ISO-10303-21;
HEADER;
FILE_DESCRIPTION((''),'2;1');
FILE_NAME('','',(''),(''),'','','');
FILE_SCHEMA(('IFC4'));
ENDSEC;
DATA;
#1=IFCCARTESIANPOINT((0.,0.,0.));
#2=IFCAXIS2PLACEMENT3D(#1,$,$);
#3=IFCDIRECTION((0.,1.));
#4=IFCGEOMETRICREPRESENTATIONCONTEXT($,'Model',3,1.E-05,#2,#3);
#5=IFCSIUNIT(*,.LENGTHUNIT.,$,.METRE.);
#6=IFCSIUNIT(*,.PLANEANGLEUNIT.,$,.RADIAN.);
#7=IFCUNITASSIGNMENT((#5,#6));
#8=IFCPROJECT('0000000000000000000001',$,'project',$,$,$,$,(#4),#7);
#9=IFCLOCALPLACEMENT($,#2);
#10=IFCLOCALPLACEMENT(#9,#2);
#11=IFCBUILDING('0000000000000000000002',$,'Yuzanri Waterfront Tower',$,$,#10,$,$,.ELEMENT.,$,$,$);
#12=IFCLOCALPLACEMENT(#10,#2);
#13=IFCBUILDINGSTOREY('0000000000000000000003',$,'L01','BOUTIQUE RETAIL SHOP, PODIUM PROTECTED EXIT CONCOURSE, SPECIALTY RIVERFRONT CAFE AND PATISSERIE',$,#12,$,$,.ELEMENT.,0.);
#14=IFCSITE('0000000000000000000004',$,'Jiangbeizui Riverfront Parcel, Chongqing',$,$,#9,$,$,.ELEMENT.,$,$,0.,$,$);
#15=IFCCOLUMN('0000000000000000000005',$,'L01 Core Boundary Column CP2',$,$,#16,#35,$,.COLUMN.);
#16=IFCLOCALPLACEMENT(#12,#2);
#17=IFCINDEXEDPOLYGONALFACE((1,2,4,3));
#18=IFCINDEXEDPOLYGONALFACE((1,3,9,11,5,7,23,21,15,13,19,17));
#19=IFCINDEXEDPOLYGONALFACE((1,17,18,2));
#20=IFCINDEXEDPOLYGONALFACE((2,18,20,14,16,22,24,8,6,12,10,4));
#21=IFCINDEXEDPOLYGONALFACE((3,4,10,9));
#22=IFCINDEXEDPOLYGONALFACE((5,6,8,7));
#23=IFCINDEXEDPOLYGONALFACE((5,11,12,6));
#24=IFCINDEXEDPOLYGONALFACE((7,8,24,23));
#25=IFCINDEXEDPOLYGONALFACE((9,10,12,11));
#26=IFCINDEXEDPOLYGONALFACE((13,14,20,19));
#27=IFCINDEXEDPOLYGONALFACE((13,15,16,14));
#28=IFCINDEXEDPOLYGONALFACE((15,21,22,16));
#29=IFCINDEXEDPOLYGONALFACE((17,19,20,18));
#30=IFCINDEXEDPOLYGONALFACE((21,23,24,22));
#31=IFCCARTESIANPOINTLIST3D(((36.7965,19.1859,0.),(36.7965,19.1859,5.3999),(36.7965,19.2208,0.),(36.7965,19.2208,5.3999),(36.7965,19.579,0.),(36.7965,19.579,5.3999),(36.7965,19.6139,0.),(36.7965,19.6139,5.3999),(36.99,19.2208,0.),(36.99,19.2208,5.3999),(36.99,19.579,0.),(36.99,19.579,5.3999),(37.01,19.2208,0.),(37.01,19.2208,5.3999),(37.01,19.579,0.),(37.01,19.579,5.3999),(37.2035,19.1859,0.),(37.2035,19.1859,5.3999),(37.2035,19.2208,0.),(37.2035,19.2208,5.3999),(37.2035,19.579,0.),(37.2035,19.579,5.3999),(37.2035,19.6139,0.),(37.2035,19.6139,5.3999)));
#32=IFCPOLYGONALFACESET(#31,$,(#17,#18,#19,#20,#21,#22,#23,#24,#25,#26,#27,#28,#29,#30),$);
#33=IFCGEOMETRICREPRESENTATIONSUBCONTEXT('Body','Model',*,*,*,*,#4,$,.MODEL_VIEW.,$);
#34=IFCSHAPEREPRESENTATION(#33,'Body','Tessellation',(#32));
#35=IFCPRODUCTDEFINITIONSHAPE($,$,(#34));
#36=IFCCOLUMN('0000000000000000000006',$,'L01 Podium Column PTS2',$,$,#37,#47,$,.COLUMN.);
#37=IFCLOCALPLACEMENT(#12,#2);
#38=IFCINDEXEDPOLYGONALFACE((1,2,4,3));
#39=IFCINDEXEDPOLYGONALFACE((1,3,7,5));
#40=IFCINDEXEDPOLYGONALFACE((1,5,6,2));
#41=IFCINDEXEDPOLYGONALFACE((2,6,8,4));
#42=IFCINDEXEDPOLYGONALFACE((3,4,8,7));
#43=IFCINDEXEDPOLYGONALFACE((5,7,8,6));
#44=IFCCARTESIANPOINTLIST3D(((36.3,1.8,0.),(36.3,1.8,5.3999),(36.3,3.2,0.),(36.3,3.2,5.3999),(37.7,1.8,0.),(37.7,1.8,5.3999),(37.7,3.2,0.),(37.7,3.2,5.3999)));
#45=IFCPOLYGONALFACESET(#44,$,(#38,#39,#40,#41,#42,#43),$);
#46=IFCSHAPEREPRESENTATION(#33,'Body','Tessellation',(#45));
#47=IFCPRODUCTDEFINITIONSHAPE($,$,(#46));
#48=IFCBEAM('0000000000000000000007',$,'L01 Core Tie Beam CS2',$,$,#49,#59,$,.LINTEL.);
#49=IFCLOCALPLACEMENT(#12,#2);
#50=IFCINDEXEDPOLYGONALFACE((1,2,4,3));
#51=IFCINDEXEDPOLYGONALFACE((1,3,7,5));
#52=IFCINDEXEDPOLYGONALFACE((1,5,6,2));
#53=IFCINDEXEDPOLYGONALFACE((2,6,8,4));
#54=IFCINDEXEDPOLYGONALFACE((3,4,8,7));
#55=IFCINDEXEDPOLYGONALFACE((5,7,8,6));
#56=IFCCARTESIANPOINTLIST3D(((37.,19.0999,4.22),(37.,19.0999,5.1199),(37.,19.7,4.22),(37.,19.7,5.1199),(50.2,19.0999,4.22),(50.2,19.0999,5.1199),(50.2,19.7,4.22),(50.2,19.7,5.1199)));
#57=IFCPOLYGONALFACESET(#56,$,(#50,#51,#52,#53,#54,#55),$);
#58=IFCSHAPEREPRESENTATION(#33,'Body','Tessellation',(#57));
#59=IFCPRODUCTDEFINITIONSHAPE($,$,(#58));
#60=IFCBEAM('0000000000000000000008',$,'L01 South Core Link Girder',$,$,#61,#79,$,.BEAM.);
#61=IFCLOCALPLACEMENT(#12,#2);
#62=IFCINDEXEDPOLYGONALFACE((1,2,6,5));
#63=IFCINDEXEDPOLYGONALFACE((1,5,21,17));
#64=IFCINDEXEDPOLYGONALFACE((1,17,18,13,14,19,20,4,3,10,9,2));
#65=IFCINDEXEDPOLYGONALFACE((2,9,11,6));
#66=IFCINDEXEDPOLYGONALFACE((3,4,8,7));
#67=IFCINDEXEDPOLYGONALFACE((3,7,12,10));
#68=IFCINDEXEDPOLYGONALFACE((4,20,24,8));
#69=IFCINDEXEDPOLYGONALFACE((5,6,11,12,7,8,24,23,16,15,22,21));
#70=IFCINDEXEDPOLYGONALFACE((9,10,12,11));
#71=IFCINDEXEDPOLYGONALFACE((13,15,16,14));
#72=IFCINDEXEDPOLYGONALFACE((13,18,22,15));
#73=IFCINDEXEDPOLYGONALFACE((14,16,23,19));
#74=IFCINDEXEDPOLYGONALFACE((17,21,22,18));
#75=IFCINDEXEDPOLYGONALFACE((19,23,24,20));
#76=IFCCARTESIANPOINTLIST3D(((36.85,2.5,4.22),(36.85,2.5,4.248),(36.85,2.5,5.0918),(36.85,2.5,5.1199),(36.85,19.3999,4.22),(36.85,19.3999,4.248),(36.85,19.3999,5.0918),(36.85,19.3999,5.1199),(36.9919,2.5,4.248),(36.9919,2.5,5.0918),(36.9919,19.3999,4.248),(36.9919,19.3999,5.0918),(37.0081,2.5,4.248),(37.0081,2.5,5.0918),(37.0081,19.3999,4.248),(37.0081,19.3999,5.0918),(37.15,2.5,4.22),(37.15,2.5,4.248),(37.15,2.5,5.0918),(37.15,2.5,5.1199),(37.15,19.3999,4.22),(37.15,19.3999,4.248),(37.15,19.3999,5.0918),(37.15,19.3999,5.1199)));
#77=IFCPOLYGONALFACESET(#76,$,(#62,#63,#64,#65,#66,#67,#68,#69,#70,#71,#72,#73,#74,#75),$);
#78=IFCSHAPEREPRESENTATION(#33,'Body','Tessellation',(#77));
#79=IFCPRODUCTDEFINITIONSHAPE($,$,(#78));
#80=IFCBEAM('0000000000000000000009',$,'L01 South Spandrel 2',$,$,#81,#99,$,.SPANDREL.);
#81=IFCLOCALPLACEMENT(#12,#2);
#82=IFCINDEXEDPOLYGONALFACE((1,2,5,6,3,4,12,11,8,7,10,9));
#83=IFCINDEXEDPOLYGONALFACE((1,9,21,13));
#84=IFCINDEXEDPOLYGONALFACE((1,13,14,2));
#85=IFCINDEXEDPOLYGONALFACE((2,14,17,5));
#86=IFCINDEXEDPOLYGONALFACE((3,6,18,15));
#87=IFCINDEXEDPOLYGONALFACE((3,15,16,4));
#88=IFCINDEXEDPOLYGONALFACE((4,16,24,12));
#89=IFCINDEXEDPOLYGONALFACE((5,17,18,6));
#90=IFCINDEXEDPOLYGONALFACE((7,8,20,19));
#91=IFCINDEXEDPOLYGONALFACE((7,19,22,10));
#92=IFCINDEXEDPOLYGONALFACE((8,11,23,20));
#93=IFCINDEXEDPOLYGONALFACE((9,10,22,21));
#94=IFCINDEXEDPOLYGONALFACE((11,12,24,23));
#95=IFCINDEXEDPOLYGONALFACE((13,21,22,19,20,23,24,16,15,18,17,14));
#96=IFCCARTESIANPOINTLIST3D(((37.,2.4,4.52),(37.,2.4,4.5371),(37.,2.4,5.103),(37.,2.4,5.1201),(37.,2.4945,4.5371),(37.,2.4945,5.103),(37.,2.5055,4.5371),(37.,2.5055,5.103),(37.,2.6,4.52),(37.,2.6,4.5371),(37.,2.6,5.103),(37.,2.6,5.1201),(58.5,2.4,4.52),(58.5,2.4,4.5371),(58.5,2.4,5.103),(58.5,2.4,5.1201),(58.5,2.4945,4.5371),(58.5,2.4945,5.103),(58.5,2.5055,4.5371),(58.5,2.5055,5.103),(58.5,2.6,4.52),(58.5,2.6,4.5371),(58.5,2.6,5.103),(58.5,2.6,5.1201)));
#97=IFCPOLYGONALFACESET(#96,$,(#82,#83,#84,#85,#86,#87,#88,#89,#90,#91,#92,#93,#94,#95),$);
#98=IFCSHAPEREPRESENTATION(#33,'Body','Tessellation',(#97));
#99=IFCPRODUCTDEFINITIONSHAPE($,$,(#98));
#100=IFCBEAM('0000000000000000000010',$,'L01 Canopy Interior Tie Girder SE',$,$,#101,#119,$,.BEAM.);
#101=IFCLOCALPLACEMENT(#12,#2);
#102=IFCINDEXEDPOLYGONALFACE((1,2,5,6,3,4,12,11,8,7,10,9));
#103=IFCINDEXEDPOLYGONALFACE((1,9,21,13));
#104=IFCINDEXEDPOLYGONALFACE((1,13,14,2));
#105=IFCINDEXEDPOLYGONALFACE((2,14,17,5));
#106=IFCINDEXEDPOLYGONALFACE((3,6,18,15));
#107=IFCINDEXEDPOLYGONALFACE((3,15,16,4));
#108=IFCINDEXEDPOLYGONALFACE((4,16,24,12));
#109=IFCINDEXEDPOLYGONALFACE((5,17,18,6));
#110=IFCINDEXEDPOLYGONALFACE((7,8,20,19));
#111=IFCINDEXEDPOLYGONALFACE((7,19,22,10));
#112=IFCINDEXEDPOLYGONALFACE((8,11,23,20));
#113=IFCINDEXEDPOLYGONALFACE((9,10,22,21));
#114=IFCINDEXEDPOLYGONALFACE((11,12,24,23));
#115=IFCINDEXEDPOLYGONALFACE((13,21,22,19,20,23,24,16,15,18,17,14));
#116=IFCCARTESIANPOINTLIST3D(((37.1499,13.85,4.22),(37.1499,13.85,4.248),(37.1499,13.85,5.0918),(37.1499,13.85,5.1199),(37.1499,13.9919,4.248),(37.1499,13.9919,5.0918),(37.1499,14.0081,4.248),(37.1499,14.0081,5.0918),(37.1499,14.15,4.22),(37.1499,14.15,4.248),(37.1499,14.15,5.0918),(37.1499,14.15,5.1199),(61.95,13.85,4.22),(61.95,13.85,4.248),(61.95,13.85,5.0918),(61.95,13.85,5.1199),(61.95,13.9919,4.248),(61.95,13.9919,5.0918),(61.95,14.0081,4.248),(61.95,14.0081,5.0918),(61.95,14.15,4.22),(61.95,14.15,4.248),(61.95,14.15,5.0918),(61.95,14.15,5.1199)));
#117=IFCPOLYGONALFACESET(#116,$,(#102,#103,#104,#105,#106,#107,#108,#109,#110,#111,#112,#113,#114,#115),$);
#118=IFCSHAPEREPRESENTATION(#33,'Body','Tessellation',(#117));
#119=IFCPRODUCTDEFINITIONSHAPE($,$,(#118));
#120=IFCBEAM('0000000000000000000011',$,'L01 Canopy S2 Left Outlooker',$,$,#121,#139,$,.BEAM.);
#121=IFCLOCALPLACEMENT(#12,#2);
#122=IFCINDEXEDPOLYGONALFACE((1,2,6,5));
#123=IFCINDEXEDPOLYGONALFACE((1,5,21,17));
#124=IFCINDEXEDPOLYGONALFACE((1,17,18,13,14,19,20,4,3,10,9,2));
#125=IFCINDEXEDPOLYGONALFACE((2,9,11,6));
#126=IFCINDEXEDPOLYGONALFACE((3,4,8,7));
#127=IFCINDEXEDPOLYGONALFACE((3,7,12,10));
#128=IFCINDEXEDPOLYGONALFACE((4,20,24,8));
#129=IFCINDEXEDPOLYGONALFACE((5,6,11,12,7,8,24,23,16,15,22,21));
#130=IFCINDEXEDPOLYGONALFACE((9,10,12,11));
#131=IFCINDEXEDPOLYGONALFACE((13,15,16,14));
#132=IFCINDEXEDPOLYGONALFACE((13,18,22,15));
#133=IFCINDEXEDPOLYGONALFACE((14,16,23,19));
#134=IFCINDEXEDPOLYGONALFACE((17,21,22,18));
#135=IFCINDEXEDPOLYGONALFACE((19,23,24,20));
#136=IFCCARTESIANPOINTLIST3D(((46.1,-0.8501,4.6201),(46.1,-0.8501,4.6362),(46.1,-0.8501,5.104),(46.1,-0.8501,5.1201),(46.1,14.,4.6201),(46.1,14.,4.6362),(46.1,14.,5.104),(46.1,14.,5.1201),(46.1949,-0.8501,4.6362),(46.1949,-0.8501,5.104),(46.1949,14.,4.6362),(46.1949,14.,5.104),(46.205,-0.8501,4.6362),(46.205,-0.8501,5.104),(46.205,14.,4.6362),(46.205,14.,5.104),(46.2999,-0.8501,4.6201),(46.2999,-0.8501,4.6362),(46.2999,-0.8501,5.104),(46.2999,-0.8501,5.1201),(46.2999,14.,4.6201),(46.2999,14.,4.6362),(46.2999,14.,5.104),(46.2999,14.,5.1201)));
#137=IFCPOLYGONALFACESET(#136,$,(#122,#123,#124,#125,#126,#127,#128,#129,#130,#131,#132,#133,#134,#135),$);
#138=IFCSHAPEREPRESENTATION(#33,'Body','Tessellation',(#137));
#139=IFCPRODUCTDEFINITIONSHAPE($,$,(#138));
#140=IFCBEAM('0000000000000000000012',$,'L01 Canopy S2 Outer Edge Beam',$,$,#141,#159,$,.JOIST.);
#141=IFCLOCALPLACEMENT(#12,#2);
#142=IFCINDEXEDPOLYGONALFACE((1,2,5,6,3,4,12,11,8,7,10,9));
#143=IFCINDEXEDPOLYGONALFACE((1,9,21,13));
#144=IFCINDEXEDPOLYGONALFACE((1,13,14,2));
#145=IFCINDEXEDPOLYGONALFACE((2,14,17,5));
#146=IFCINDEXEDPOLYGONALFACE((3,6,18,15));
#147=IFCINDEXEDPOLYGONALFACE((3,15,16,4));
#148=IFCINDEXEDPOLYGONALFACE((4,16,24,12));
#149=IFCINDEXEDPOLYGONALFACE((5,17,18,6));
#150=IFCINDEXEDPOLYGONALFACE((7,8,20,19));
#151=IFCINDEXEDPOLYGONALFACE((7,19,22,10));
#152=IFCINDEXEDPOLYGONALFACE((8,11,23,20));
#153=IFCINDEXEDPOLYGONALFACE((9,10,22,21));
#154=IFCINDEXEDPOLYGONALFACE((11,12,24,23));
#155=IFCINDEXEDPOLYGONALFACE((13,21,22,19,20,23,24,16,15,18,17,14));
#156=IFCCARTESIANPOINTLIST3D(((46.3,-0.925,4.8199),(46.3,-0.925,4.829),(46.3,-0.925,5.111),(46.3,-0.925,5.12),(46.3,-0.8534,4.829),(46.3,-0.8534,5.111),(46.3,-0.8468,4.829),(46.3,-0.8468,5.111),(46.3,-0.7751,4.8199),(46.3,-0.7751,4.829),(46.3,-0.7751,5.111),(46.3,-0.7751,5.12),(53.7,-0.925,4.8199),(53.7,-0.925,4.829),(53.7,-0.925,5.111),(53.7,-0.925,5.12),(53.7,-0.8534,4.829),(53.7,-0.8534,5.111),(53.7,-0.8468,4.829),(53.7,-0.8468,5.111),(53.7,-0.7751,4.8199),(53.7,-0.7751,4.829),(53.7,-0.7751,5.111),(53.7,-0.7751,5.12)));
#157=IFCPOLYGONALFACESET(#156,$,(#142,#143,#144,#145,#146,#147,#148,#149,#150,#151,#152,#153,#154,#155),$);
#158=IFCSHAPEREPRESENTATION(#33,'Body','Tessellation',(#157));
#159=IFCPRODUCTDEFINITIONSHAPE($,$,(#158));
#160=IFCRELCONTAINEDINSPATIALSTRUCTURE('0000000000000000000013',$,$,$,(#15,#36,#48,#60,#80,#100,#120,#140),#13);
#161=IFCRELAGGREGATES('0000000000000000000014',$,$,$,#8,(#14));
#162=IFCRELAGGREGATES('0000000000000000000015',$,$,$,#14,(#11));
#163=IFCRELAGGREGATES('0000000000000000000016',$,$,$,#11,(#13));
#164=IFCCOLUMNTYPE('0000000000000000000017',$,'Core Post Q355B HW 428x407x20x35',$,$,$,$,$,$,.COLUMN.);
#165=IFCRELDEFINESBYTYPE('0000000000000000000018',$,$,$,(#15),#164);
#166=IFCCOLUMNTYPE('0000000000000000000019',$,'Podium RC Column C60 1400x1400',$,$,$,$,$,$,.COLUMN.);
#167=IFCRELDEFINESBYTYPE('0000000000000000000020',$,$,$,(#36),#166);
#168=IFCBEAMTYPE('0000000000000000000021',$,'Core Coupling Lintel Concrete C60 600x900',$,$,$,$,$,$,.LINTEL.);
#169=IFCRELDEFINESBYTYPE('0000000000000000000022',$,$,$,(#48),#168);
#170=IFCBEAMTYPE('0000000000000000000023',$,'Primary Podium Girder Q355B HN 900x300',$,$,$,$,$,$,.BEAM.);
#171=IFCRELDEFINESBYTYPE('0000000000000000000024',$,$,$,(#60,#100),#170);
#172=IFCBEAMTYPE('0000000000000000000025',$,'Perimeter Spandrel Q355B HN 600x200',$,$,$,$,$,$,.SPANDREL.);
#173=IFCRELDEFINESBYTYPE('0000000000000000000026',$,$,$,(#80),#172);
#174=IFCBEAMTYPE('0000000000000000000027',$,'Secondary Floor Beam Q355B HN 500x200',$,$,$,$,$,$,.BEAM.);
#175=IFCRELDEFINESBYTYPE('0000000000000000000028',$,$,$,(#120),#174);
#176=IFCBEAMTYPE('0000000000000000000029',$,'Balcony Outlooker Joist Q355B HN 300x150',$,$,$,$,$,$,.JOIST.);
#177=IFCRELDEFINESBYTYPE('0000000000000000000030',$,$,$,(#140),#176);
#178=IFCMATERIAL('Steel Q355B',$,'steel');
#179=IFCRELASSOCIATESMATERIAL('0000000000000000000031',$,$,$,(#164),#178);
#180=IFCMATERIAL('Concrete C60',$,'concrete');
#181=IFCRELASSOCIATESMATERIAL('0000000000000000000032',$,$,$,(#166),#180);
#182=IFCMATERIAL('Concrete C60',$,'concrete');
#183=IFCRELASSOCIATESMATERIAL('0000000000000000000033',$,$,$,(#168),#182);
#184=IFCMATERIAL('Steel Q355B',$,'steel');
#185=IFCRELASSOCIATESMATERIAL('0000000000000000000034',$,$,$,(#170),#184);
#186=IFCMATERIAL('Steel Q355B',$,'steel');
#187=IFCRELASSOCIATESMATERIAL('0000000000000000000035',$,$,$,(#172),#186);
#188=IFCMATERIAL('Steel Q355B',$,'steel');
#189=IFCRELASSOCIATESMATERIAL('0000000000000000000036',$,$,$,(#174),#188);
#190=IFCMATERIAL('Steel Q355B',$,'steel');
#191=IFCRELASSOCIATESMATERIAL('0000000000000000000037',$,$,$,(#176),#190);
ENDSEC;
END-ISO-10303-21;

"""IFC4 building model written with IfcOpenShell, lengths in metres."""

from ifc_helpers import new_model, si_unit, direction, frame, origin, origin_2d, place, context, subcontext, project, spatial, rectangle, i_section, extrude, source, transform, mapped, material, material_profile, profile_set, type_object, element, save


model = new_model("IFC4")

# Units and contexts
model_context = context("Model", 3, precision=1e-05, world=origin(), true_north=direction((0.0, 1.0)))
body_context = subcontext(model_context, "Body", "Model", "MODEL_VIEW")
ifc_project = project(units=[si_unit("LENGTHUNIT", "METRE"), si_unit("PLANEANGLEUNIT", "RADIAN")], contexts=[model_context])

# Site, building, storey
site_placement = place(None, origin())
site = spatial("IfcSite", under=ifc_project, at=site_placement, Name="Jiangbeizui Riverfront Parcel, Chongqing", CompositionType="ELEMENT", RefElevation=0.0)
building_placement = place(site_placement, origin())
building = spatial("IfcBuilding", under=site, at=building_placement, Name="Yuzanri Waterfront Tower", CompositionType="ELEMENT")
storey_placement = place(building_placement, origin())
storey = spatial("IfcBuildingStorey", under=building, at=storey_placement, Name="L01", Description="BOUTIQUE RETAIL SHOP, PODIUM PROTECTED EXIT CONCOURSE, SPECIALTY RIVERFRONT CAFE AND PATISSERIE", CompositionType="ELEMENT", Elevation=0.0)

# Columns
ifc_material_1 = material(Name="Steel Q355B", Category="steel")
ifc_material_profile_1 = material_profile(ifc_material_1, i_section(OverallWidth=0.407, OverallDepth=0.428, WebThickness=0.02, FlangeThickness=0.0349, at=origin_2d()), Name="HW 428x407x20x35")
ifc_profile_set_1 = profile_set([ifc_material_profile_1], Name="Steel Q355B")
column_type_1 = type_object("IfcColumnType", Name="Core Post Q355B HW 428x407x20x35", PredefinedType="COLUMN", material=ifc_profile_set_1)
shared_shape_1 = source(origin(), body_context, "Body", "SweptSolid", [
    extrude(i_section(OverallWidth=0.407, OverallDepth=0.428, WebThickness=0.02, FlangeThickness=0.0349, at=origin_2d()), origin(), (0.0, 0.0, 1.0), 5.3999),
])
column_1_placement = place(storey_placement, frame((37.0, 19.3999, 0.0), z_axis=(0.0, 0.0, 1.0), x_axis=(1.0, 0.0, 0.0)))
element("IfcColumn", 1, at=column_1_placement, inside=storey, type_object=column_type_1, Name="L01 Core Boundary Column CP2", PredefinedType="COLUMN", context=body_context, shape_type="MappedRepresentation", body=[
    mapped(shared_shape_1, transform((0.0, 0.0, 0.0), scale=1.0)),
])
ifc_material_2 = material(Name="Concrete C60", Category="concrete")
ifc_material_profile_2 = material_profile(ifc_material_2, rectangle(XDim=1.3999, YDim=1.3999, at=origin_2d()), Name="RC 1400x1400")
ifc_profile_set_2 = profile_set([ifc_material_profile_2], Name="Concrete C60")
column_type_2 = type_object("IfcColumnType", Name="Podium RC Column C60 1400x1400", PredefinedType="COLUMN", material=ifc_profile_set_2)
shared_shape_2 = source(origin(), body_context, "Body", "SweptSolid", [
    extrude(rectangle(XDim=1.3999, YDim=1.3999, at=origin_2d()), origin(), (0.0, 0.0, 1.0), 5.3999),
])
column_2_placement = place(storey_placement, frame((37.0, 2.5, 0.0), z_axis=(0.0, 0.0, 1.0), x_axis=(1.0, 0.0, 0.0)))
element("IfcColumn", 2, at=column_2_placement, inside=storey, type_object=column_type_2, Name="L01 Podium Column PTS2", PredefinedType="COLUMN", context=body_context, shape_type="MappedRepresentation", body=[
    mapped(shared_shape_2, transform((0.0, 0.0, 0.0), scale=1.0)),
])

# Beams
ifc_material_3 = material(Name="Concrete C60", Category="concrete")
ifc_material_profile_3 = material_profile(ifc_material_3, rectangle(XDim=0.6001, YDim=0.8999, at=origin_2d()), Name="RC 600x900")
ifc_profile_set_3 = profile_set([ifc_material_profile_3], Name="Concrete C60")
beam_type_1 = type_object("IfcBeamType", Name="Core Coupling Lintel Concrete C60 600x900", PredefinedType="LINTEL", material=ifc_profile_set_3)
shared_shape_3 = source(origin(), body_context, "Body", "SweptSolid", [
    extrude(rectangle(XDim=0.6001, YDim=0.8999, at=origin_2d()), origin(), (0.0, 0.0, 1.0), 13.2),
])
beam_1_placement = place(storey_placement, frame((37.0, 19.3999, 4.6699), z_axis=(1.0, 0.0, 0.0), x_axis=(0.0, 1.0, 0.0)))
element("IfcBeam", 3, at=beam_1_placement, inside=storey, type_object=beam_type_1, Name="L01 Core Tie Beam CS2", PredefinedType="LINTEL", context=body_context, shape_type="MappedRepresentation", body=[
    mapped(shared_shape_3, transform((0.0, 0.0, 0.0), scale=1.0)),
])
ifc_material_4 = material(Name="Steel Q355B", Category="steel")
ifc_material_profile_4 = material_profile(ifc_material_4, i_section(OverallWidth=0.3, OverallDepth=0.8999, WebThickness=0.0161, FlangeThickness=0.0281, at=origin_2d()), Name="HN 900x300x16x28")
ifc_profile_set_4 = profile_set([ifc_material_profile_4], Name="Steel Q355B")
beam_type_2 = type_object("IfcBeamType", Name="Primary Podium Girder Q355B HN 900x300", PredefinedType="BEAM", material=ifc_profile_set_4)
shared_shape_4 = source(origin(), body_context, "Body", "SweptSolid", [
    extrude(i_section(OverallWidth=0.3, OverallDepth=0.8999, WebThickness=0.0161, FlangeThickness=0.0281, at=origin_2d()), origin(), (0.0, 0.0, 1.0), 16.8999),
])
beam_2_placement = place(storey_placement, frame((37.0, 2.5, 4.6699), z_axis=(0.0, 1.0, 0.0), x_axis=(-1.0, 0.0, 0.0)))
element("IfcBeam", 4, at=beam_2_placement, inside=storey, type_object=beam_type_2, Name="L01 South Core Link Girder", PredefinedType="BEAM", context=body_context, shape_type="MappedRepresentation", body=[
    mapped(shared_shape_4, transform((0.0, 0.0, 0.0), scale=1.0)),
])
ifc_material_5 = material(Name="Steel Q355B", Category="steel")
ifc_material_profile_5 = material_profile(ifc_material_5, i_section(OverallWidth=0.2, OverallDepth=0.6001, WebThickness=0.011, FlangeThickness=0.0171, at=origin_2d()), Name="HN 600x200x11x17")
ifc_profile_set_5 = profile_set([ifc_material_profile_5], Name="Steel Q355B")
beam_type_3 = type_object("IfcBeamType", Name="Perimeter Spandrel Q355B HN 600x200", PredefinedType="SPANDREL", material=ifc_profile_set_5)
shared_shape_5 = source(origin(), body_context, "Body", "SweptSolid", [
    extrude(i_section(OverallWidth=0.2, OverallDepth=0.6001, WebThickness=0.011, FlangeThickness=0.0171, at=origin_2d()), origin(), (0.0, 0.0, 1.0), 21.5),
])
beam_3_placement = place(storey_placement, frame((37.0, 2.5, 4.8201), z_axis=(1.0, 0.0, 0.0), x_axis=(0.0, 1.0, 0.0)))
element("IfcBeam", 5, at=beam_3_placement, inside=storey, type_object=beam_type_3, Name="L01 South Spandrel 2", PredefinedType="SPANDREL", context=body_context, shape_type="MappedRepresentation", body=[
    mapped(shared_shape_5, transform((0.0, 0.0, 0.0), scale=1.0)),
])
shared_shape_6 = source(origin(), body_context, "Body", "SweptSolid", [
    extrude(i_section(OverallWidth=0.3, OverallDepth=0.8999, WebThickness=0.0161, FlangeThickness=0.0281, at=origin_2d()), origin(), (0.0, 0.0, 1.0), 24.8),
])
beam_4_placement = place(storey_placement, frame((37.1499, 14.0, 4.6699), z_axis=(1.0, 0.0, 0.0), x_axis=(0.0, 1.0, 0.0)))
element("IfcBeam", 6, at=beam_4_placement, inside=storey, type_object=beam_type_2, Name="L01 Canopy Interior Tie Girder SE", PredefinedType="BEAM", context=body_context, shape_type="MappedRepresentation", body=[
    mapped(shared_shape_6, transform((0.0, 0.0, 0.0), scale=1.0)),
])
ifc_material_6 = material(Name="Steel Q355B", Category="steel")
ifc_material_profile_6 = material_profile(ifc_material_6, i_section(OverallWidth=0.2, OverallDepth=0.5, WebThickness=0.01, FlangeThickness=0.0161, at=origin_2d()), Name="HN 500x200x10x16")
ifc_profile_set_6 = profile_set([ifc_material_profile_6], Name="Steel Q355B")
beam_type_4 = type_object("IfcBeamType", Name="Secondary Floor Beam Q355B HN 500x200", PredefinedType="BEAM", material=ifc_profile_set_6)
shared_shape_7 = source(origin(), body_context, "Body", "SweptSolid", [
    extrude(i_section(OverallWidth=0.2, OverallDepth=0.5, WebThickness=0.01, FlangeThickness=0.0161, at=origin_2d()), origin(), (0.0, 0.0, 1.0), 14.8501),
])
beam_5_placement = place(storey_placement, frame((46.2, 14.0, 4.8701), z_axis=(0.0, -1.0, 0.0), x_axis=(1.0, 0.0, 0.0)))
element("IfcBeam", 7, at=beam_5_placement, inside=storey, type_object=beam_type_4, Name="L01 Canopy S2 Left Outlooker", PredefinedType="BEAM", context=body_context, shape_type="MappedRepresentation", body=[
    mapped(shared_shape_7, transform((0.0, 0.0, 0.0), scale=1.0)),
])
ifc_material_7 = material(Name="Steel Q355B", Category="steel")
ifc_material_profile_7 = material_profile(ifc_material_7, i_section(OverallWidth=0.1499, OverallDepth=0.3, WebThickness=0.0066, FlangeThickness=0.009, at=origin_2d()), Name="HN 300x150x6.5x9")
ifc_profile_set_7 = profile_set([ifc_material_profile_7], Name="Steel Q355B")
beam_type_5 = type_object("IfcBeamType", Name="Balcony Outlooker Joist Q355B HN 300x150", PredefinedType="JOIST", material=ifc_profile_set_7)
shared_shape_8 = source(origin(), body_context, "Body", "SweptSolid", [
    extrude(i_section(OverallWidth=0.1499, OverallDepth=0.3, WebThickness=0.0066, FlangeThickness=0.009, at=origin_2d()), origin(), (0.0, 0.0, 1.0), 7.3999),
])
beam_6_placement = place(storey_placement, frame((46.3, -0.8501, 4.97), z_axis=(1.0, 0.0, 0.0), x_axis=(0.0, 1.0, 0.0)))
element("IfcBeam", 8, at=beam_6_placement, inside=storey, type_object=beam_type_5, Name="L01 Canopy S2 Outer Edge Beam", PredefinedType="JOIST", context=body_context, shape_type="MappedRepresentation", body=[
    mapped(shared_shape_8, transform((0.0, 0.0, 0.0), scale=1.0)),
])

save(model, "model.ifc")
